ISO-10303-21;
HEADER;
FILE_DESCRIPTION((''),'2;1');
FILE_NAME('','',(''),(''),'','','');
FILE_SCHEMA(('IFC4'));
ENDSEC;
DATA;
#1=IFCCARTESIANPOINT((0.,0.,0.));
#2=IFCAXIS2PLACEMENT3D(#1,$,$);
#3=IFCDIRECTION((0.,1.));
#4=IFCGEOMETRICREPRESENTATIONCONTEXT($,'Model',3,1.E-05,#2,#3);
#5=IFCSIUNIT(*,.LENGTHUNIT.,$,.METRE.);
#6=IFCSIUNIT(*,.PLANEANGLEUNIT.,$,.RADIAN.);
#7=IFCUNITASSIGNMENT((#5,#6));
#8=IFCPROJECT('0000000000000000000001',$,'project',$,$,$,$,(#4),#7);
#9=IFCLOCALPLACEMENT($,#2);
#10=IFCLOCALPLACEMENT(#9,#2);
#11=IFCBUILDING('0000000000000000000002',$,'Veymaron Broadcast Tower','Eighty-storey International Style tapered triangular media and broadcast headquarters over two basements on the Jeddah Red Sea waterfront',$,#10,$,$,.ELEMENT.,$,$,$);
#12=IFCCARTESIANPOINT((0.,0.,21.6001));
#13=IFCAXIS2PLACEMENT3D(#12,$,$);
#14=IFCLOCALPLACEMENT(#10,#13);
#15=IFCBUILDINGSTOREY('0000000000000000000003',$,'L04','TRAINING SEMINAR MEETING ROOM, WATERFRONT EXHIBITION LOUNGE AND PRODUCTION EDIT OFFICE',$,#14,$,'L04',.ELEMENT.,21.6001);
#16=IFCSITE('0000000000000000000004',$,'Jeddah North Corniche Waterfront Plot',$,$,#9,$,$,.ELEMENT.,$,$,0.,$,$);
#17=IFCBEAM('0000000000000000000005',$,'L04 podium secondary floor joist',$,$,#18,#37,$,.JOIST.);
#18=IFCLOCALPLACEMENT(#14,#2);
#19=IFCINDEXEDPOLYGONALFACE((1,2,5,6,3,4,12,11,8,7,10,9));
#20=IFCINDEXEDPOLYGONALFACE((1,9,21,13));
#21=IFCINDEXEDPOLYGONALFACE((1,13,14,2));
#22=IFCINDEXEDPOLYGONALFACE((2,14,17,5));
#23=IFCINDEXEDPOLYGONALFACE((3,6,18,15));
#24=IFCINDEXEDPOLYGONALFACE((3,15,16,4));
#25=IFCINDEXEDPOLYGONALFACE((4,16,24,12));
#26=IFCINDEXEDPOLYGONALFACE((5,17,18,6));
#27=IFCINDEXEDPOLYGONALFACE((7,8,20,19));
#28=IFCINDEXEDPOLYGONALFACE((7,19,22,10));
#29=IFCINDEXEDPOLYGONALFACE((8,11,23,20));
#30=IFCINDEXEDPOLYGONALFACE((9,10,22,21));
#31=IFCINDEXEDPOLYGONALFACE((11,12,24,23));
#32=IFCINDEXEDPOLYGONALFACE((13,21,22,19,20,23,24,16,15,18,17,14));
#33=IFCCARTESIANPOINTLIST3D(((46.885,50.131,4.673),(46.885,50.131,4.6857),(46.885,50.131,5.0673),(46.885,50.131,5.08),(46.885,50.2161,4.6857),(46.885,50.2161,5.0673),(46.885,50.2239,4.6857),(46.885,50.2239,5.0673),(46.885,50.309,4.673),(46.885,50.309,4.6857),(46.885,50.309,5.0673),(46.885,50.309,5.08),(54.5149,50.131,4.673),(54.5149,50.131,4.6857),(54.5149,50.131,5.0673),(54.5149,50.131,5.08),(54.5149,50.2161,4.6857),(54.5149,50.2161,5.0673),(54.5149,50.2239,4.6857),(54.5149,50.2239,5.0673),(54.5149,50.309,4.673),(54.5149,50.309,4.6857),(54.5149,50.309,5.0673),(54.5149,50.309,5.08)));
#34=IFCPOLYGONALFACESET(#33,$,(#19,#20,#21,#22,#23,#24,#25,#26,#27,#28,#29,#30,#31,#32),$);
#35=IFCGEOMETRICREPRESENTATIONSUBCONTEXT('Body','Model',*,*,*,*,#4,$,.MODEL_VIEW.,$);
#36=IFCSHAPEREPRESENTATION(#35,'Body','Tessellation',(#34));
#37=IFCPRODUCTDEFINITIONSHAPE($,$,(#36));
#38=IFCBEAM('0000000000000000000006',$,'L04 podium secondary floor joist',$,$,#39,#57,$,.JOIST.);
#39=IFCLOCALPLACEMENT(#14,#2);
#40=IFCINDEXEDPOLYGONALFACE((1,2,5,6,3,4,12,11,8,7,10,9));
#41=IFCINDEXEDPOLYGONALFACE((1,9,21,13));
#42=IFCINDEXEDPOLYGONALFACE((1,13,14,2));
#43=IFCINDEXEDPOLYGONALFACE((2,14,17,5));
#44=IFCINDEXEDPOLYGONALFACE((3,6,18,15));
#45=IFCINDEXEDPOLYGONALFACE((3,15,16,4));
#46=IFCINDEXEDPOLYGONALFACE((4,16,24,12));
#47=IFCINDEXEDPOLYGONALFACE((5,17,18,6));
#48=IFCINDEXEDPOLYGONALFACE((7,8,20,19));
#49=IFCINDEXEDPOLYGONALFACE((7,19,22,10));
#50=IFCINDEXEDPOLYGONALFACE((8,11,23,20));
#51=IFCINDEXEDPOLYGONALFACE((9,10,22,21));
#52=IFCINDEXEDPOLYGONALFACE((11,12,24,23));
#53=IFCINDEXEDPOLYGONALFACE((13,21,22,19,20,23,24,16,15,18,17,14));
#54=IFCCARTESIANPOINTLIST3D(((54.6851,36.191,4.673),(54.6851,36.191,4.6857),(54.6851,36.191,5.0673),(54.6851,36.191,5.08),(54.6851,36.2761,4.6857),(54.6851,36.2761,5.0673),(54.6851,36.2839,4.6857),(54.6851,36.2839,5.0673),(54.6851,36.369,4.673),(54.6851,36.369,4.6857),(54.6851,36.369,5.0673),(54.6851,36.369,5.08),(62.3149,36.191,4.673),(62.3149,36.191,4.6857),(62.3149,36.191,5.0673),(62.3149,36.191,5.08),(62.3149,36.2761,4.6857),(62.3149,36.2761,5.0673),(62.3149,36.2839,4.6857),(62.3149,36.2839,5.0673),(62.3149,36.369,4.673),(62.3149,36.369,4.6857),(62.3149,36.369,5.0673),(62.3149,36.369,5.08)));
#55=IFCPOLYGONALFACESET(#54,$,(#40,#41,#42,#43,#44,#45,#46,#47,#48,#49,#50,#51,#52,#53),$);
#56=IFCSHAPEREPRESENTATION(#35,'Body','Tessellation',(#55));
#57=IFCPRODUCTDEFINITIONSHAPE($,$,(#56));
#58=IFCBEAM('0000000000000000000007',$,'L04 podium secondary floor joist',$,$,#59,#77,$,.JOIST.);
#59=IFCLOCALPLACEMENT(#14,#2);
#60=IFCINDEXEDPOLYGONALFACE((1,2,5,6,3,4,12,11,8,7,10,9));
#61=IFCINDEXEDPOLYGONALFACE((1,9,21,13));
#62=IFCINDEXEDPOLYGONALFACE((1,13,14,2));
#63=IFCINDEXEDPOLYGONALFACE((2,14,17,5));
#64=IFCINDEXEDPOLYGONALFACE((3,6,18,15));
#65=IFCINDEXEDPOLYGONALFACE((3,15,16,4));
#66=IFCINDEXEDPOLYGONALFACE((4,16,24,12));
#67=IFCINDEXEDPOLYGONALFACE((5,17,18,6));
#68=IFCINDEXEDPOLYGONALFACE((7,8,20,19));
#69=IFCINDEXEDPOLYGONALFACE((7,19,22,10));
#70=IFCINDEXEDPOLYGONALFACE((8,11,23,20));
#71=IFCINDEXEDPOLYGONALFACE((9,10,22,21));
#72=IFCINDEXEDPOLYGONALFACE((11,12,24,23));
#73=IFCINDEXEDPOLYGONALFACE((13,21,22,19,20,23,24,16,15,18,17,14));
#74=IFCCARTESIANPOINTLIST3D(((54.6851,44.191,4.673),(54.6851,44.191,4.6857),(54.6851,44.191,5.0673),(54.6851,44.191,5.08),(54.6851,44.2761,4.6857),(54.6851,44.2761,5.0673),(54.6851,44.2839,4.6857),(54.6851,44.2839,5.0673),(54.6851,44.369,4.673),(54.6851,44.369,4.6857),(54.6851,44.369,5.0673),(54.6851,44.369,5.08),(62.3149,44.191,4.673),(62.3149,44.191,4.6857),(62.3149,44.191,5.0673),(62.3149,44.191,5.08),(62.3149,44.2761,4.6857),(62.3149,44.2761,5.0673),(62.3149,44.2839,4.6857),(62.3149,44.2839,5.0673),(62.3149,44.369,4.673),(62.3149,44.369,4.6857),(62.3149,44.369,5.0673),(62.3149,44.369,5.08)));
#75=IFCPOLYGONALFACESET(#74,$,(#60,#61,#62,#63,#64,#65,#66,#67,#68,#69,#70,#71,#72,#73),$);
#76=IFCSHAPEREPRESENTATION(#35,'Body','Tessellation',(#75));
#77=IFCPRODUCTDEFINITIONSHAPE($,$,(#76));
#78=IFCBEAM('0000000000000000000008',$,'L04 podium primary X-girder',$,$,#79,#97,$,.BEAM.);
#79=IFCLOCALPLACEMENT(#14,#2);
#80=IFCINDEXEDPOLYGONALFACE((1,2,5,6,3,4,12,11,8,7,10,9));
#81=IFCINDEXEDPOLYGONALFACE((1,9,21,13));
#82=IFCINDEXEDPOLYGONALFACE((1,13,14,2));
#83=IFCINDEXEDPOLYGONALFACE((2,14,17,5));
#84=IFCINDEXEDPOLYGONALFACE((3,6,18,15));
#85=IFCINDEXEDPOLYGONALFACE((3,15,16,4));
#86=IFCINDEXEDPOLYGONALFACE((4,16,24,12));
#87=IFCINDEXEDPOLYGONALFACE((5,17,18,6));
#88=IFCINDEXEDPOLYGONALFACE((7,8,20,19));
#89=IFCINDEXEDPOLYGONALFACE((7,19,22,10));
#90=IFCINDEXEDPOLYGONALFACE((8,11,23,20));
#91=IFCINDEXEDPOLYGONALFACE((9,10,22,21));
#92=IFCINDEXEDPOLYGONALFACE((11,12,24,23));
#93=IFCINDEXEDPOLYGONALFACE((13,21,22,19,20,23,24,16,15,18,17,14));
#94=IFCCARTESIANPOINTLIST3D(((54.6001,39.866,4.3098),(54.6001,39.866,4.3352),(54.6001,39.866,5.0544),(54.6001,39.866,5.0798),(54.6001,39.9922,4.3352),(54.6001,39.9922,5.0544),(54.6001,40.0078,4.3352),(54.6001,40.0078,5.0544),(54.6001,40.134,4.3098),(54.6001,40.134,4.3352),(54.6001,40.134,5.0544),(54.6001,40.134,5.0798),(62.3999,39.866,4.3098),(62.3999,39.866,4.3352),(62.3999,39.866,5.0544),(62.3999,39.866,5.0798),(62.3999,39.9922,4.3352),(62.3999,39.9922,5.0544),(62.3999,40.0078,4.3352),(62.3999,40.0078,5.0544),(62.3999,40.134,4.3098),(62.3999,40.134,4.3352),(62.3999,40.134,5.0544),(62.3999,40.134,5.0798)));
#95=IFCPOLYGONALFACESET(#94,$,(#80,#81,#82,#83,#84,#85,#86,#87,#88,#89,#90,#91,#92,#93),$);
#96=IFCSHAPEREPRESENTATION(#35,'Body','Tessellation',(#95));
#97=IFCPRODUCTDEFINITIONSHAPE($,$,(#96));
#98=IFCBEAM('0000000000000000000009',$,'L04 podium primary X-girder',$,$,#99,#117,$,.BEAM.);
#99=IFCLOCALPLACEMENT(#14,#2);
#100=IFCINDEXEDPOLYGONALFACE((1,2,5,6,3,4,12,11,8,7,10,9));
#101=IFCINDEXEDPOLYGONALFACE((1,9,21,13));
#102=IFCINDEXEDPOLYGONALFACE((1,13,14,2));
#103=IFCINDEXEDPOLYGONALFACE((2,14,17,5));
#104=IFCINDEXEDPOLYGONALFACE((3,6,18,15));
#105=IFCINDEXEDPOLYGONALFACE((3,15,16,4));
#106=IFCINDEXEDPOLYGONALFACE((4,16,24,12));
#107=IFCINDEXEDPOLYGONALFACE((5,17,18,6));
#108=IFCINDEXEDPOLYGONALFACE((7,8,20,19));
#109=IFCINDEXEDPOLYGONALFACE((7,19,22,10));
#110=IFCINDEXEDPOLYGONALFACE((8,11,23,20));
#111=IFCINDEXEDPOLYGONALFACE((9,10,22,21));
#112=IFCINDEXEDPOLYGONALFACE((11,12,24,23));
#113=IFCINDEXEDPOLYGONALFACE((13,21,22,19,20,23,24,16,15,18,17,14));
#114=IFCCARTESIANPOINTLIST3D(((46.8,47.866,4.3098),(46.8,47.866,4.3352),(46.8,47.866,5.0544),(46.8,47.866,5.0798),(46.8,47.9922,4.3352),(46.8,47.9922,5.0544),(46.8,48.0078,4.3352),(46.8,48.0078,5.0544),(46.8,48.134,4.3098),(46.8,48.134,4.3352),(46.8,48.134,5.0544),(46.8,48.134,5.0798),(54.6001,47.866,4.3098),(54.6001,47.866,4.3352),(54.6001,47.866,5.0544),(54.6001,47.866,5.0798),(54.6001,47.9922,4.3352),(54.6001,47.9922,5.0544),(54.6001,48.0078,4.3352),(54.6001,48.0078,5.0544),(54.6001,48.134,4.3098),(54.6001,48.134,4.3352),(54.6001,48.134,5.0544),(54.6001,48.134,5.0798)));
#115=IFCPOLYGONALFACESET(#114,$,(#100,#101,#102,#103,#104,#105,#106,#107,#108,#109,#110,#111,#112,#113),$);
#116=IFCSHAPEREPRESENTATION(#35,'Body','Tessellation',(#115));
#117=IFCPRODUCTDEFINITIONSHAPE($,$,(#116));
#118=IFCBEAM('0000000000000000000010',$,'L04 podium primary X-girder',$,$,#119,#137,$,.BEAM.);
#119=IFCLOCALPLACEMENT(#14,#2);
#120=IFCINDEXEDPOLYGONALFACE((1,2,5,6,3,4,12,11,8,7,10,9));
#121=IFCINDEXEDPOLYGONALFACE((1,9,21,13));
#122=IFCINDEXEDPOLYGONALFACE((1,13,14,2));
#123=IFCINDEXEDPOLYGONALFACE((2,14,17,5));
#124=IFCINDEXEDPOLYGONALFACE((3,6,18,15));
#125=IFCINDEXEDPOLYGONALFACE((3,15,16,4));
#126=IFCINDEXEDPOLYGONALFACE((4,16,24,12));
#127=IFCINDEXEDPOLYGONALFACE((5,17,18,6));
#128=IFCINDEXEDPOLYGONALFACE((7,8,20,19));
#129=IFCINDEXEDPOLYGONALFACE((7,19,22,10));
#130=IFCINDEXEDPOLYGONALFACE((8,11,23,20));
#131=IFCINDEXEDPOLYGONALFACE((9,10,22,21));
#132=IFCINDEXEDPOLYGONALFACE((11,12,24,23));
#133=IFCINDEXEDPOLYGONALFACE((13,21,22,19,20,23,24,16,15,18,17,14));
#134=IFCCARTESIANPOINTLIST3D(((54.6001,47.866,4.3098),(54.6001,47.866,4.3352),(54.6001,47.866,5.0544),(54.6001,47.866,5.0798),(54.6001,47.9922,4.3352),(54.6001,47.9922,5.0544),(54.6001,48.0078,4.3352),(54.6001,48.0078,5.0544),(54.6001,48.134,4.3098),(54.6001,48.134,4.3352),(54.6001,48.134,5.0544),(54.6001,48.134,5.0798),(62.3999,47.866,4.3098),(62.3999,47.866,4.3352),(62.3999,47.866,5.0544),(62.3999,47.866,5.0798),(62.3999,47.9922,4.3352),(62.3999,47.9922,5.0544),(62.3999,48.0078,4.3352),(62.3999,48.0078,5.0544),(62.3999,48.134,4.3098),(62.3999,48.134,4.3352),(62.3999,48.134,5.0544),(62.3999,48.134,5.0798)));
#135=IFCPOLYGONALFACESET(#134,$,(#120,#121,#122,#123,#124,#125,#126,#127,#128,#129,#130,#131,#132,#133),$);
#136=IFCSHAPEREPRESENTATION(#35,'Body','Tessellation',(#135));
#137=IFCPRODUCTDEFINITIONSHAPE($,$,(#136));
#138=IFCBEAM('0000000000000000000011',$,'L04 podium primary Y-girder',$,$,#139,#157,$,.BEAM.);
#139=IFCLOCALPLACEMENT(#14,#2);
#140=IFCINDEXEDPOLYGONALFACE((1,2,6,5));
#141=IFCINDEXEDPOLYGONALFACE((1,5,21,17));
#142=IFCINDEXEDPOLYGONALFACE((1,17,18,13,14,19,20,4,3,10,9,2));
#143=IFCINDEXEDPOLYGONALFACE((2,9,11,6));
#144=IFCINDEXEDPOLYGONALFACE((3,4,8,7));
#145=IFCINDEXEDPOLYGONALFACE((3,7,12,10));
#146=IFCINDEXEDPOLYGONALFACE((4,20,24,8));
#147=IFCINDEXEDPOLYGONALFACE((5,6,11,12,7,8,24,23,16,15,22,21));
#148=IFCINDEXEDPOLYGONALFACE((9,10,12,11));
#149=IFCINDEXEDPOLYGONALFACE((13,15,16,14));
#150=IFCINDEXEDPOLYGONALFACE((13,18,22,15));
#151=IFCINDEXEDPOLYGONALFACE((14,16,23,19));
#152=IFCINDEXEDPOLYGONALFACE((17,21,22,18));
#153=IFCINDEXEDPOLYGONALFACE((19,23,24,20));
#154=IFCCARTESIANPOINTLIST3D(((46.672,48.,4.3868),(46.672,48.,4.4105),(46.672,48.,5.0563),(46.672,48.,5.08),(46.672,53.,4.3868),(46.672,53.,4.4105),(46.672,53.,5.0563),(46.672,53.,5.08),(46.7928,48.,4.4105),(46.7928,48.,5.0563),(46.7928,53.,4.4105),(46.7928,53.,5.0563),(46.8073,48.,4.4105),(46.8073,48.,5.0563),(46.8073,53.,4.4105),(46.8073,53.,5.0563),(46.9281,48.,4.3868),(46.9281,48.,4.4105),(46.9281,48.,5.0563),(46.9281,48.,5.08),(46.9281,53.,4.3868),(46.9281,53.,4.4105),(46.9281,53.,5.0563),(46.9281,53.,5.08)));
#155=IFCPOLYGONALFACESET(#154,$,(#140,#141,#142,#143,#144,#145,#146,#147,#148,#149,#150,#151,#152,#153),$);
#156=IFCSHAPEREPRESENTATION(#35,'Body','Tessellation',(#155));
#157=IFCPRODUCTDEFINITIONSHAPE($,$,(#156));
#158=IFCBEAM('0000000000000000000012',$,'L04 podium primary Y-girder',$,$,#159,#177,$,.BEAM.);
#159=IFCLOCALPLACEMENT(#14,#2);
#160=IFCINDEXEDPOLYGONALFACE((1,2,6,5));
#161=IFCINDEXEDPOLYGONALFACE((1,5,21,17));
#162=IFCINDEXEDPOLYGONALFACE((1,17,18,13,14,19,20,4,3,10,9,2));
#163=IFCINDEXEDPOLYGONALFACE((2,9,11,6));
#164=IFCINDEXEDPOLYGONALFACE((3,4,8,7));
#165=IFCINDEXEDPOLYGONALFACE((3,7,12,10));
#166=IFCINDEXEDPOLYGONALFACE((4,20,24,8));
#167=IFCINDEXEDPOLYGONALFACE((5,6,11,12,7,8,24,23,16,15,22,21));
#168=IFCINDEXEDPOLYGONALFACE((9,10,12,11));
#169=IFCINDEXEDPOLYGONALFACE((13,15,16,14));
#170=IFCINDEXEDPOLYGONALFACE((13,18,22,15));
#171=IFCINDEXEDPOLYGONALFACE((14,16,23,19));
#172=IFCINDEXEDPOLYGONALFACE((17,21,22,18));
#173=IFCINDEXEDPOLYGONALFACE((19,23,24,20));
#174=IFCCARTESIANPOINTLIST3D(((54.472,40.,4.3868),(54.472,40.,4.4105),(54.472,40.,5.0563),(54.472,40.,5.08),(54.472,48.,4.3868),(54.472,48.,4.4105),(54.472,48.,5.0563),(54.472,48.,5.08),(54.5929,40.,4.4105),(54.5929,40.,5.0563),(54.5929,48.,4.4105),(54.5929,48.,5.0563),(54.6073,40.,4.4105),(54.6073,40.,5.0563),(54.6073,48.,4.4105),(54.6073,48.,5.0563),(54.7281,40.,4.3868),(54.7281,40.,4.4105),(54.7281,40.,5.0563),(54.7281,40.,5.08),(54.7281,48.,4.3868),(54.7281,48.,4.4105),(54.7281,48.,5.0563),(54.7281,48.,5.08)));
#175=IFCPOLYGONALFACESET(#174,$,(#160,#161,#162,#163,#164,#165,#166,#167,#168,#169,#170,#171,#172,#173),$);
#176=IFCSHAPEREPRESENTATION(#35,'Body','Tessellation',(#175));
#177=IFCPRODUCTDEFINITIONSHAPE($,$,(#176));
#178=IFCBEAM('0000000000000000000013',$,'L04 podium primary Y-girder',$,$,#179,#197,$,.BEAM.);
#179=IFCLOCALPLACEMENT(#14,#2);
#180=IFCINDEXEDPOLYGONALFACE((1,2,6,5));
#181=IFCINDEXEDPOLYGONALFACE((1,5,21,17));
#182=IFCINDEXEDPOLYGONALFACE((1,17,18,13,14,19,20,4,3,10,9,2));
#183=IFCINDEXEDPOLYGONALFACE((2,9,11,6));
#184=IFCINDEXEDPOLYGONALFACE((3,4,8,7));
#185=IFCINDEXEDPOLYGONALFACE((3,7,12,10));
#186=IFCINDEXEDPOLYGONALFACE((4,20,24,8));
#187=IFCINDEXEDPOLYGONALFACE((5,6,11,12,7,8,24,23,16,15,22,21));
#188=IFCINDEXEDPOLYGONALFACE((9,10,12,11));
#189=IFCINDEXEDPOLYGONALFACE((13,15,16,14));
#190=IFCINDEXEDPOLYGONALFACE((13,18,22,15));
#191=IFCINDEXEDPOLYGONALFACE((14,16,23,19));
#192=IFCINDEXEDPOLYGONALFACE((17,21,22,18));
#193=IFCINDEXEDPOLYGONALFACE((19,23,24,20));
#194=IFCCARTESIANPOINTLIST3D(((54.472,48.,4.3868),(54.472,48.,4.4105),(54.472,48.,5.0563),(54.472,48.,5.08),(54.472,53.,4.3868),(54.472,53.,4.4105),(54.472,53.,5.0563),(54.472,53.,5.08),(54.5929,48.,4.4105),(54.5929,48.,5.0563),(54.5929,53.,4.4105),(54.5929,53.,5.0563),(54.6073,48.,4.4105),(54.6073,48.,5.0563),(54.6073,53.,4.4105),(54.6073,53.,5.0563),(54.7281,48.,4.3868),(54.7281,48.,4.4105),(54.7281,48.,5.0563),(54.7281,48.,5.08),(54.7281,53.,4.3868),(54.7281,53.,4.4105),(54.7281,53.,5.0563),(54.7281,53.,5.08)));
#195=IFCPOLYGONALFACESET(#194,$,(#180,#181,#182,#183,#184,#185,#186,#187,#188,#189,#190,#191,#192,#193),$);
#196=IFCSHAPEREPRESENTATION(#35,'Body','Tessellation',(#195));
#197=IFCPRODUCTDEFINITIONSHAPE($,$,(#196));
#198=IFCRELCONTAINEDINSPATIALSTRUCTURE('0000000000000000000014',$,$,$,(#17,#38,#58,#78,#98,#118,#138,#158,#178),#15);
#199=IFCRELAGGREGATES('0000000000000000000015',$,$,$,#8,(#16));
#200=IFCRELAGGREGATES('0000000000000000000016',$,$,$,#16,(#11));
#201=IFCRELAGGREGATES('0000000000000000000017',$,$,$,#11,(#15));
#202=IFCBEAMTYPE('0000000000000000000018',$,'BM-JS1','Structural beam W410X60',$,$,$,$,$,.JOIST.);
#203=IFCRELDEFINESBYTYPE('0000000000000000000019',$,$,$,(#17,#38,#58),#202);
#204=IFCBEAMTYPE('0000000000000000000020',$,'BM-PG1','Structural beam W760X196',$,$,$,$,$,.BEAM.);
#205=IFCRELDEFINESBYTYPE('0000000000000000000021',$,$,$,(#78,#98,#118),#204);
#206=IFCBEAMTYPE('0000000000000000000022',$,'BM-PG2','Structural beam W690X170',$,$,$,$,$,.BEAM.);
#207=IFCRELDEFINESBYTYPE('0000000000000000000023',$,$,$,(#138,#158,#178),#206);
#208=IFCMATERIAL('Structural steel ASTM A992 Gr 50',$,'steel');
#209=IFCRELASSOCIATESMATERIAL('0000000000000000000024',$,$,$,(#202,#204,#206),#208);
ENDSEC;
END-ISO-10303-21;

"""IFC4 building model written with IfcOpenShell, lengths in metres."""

from ifc_helpers import new_model, si_unit, direction, frame, origin, origin_2d, place, context, subcontext, project, spatial, i_section, extrude, material, material_profile, profile_set, type_object, element, save


model = new_model("IFC4")

# Units and contexts
model_context = context("Model", 3, precision=1e-05, world=origin(), true_north=direction((0.0, 1.0)))
body_context = subcontext(model_context, "Body", "Model", "MODEL_VIEW")
ifc_project = project(units=[si_unit("LENGTHUNIT", "METRE"), si_unit("PLANEANGLEUNIT", "RADIAN")], contexts=[model_context])

# Site, building, storey
site_placement = place(None, origin())
site = spatial("IfcSite", under=ifc_project, at=site_placement, Name="Jeddah North Corniche Waterfront Plot", CompositionType="ELEMENT", RefElevation=0.0)
building_placement = place(site_placement, origin())
building = spatial("IfcBuilding", under=site, at=building_placement, Name="Veymaron Broadcast Tower", Description="Eighty-storey International Style tapered triangular media and broadcast headquarters over two basements on the Jeddah Red Sea waterfront", CompositionType="ELEMENT")
storey_placement = place(building_placement, frame((0.0, 0.0, 21.6001)))
storey = spatial("IfcBuildingStorey", under=building, at=storey_placement, Name="L04", Description="TRAINING SEMINAR MEETING ROOM, WATERFRONT EXHIBITION LOUNGE AND PRODUCTION EDIT OFFICE", LongName="L04", CompositionType="ELEMENT", Elevation=21.6001)

# Shared definitions
ifc_material_1 = material(Name="Structural steel ASTM A992 Gr 50", Category="steel")

# Beams
ifc_material_profile_1 = material_profile(ifc_material_1, i_section(OverallWidth=0.178, OverallDepth=0.407, WebThickness=0.0078, FlangeThickness=0.0127, at=origin_2d()), Name="W410X60")
ifc_profile_set_1 = profile_set([ifc_material_profile_1], Name="Structural steel ASTM A992 Gr 50")
beam_type_1 = type_object("IfcBeamType", Name="BM-JS1", Description="Structural beam W410X60", PredefinedType="JOIST", material=ifc_profile_set_1)
for number, where, z_axis, x_axis, name in (
    (1, (46.885, 50.22, 4.8765), (1.0, 0.0, 0.0), (0.0, 1.0, 0.0), "L04 podium secondary floor joist"),
    (2, (54.6851, 36.28, 4.8765), (1.0, 0.0, 0.0), (0.0, 1.0, 0.0), "L04 podium secondary floor joist"),
    (3, (54.6851, 44.28, 4.8765), (1.0, 0.0, 0.0), (0.0, 1.0, 0.0), "L04 podium secondary floor joist"),
):
    element("IfcBeam", number, at=place(storey_placement, frame(where, z_axis=z_axis, x_axis=x_axis)), inside=storey, type_object=beam_type_1, Name=name, PredefinedType="JOIST", context=body_context, shape_type="SweptSolid", body=[
        extrude(i_section(OverallWidth=0.178, OverallDepth=0.407, WebThickness=0.0078, FlangeThickness=0.0127, at=origin_2d()), origin(), (0.0, 0.0, 1.0), 7.6299),
    ])
ifc_material_profile_2 = material_profile(ifc_material_1, i_section(OverallWidth=0.2681, OverallDepth=0.77, WebThickness=0.0156, FlangeThickness=0.0254, at=origin_2d()), Name="W760X196")
ifc_profile_set_2 = profile_set([ifc_material_profile_2], Name="Structural steel ASTM A992 Gr 50")
beam_type_2 = type_object("IfcBeamType", Name="BM-PG1", Description="Structural beam W760X196", PredefinedType="BEAM", material=ifc_profile_set_2)
beam_1_placement = place(storey_placement, frame((54.6001, 40.0, 4.6948), z_axis=(1.0, 0.0, 0.0), x_axis=(0.0, 1.0, 0.0)))
element("IfcBeam", 4, at=beam_1_placement, inside=storey, type_object=beam_type_2, Name="L04 podium primary X-girder", PredefinedType="BEAM", context=body_context, shape_type="SweptSolid", body=[
    extrude(i_section(OverallWidth=0.2681, OverallDepth=0.77, WebThickness=0.0156, FlangeThickness=0.0254, at=origin_2d()), origin(), (0.0, 0.0, 1.0), 7.7998),
])
beam_2_placement = place(storey_placement, frame((46.8, 48.0, 4.6948), z_axis=(1.0, 0.0, 0.0), x_axis=(0.0, 1.0, 0.0)))
element("IfcBeam", 5, at=beam_2_placement, inside=storey, type_object=beam_type_2, Name="L04 podium primary X-girder", PredefinedType="BEAM", context=body_context, shape_type="SweptSolid", body=[
    extrude(i_section(OverallWidth=0.2681, OverallDepth=0.77, WebThickness=0.0156, FlangeThickness=0.0254, at=origin_2d()), origin(), (0.0, 0.0, 1.0), 7.8),
])
beam_3_placement = place(storey_placement, frame((54.6001, 48.0, 4.6948), z_axis=(1.0, 0.0, 0.0), x_axis=(0.0, 1.0, 0.0)))
element("IfcBeam", 6, at=beam_3_placement, inside=storey, type_object=beam_type_2, Name="L04 podium primary X-girder", PredefinedType="BEAM", context=body_context, shape_type="SweptSolid", body=[
    extrude(i_section(OverallWidth=0.2681, OverallDepth=0.77, WebThickness=0.0156, FlangeThickness=0.0254, at=origin_2d()), origin(), (0.0, 0.0, 1.0), 7.7998),
])
ifc_material_profile_3 = material_profile(ifc_material_1, i_section(OverallWidth=0.2561, OverallDepth=0.6931, WebThickness=0.0144, FlangeThickness=0.0237, at=origin_2d()), Name="W690X170")
ifc_profile_set_3 = profile_set([ifc_material_profile_3], Name="Structural steel ASTM A992 Gr 50")
beam_type_3 = type_object("IfcBeamType", Name="BM-PG2", Description="Structural beam W690X170", PredefinedType="BEAM", material=ifc_profile_set_3)
beam_4_placement = place(storey_placement, frame((46.8, 48.0, 4.7334), z_axis=(0.0, 1.0, 0.0), x_axis=(-1.0, 0.0, 0.0)))
element("IfcBeam", 7, at=beam_4_placement, inside=storey, type_object=beam_type_3, Name="L04 podium primary Y-girder", PredefinedType="BEAM", context=body_context, shape_type="SweptSolid", body=[
    extrude(i_section(OverallWidth=0.2561, OverallDepth=0.6931, WebThickness=0.0144, FlangeThickness=0.0237, at=origin_2d()), origin(), (0.0, 0.0, 1.0), 5.0),
])
beam_5_placement = place(storey_placement, frame((54.6001, 40.0, 4.7334), z_axis=(0.0, 1.0, 0.0), x_axis=(-1.0, 0.0, 0.0)))
element("IfcBeam", 8, at=beam_5_placement, inside=storey, type_object=beam_type_3, Name="L04 podium primary Y-girder", PredefinedType="BEAM", context=body_context, shape_type="SweptSolid", body=[
    extrude(i_section(OverallWidth=0.2561, OverallDepth=0.6931, WebThickness=0.0144, FlangeThickness=0.0237, at=origin_2d()), origin(), (0.0, 0.0, 1.0), 8.0),
])
beam_6_placement = place(storey_placement, frame((54.6001, 48.0, 4.7334), z_axis=(0.0, 1.0, 0.0), x_axis=(-1.0, 0.0, 0.0)))
element("IfcBeam", 9, at=beam_6_placement, inside=storey, type_object=beam_type_3, Name="L04 podium primary Y-girder", PredefinedType="BEAM", context=body_context, shape_type="SweptSolid", body=[
    extrude(i_section(OverallWidth=0.2561, OverallDepth=0.6931, WebThickness=0.0144, FlangeThickness=0.0237, at=origin_2d()), origin(), (0.0, 0.0, 1.0), 5.0),
])

save(model, "model.ifc")
